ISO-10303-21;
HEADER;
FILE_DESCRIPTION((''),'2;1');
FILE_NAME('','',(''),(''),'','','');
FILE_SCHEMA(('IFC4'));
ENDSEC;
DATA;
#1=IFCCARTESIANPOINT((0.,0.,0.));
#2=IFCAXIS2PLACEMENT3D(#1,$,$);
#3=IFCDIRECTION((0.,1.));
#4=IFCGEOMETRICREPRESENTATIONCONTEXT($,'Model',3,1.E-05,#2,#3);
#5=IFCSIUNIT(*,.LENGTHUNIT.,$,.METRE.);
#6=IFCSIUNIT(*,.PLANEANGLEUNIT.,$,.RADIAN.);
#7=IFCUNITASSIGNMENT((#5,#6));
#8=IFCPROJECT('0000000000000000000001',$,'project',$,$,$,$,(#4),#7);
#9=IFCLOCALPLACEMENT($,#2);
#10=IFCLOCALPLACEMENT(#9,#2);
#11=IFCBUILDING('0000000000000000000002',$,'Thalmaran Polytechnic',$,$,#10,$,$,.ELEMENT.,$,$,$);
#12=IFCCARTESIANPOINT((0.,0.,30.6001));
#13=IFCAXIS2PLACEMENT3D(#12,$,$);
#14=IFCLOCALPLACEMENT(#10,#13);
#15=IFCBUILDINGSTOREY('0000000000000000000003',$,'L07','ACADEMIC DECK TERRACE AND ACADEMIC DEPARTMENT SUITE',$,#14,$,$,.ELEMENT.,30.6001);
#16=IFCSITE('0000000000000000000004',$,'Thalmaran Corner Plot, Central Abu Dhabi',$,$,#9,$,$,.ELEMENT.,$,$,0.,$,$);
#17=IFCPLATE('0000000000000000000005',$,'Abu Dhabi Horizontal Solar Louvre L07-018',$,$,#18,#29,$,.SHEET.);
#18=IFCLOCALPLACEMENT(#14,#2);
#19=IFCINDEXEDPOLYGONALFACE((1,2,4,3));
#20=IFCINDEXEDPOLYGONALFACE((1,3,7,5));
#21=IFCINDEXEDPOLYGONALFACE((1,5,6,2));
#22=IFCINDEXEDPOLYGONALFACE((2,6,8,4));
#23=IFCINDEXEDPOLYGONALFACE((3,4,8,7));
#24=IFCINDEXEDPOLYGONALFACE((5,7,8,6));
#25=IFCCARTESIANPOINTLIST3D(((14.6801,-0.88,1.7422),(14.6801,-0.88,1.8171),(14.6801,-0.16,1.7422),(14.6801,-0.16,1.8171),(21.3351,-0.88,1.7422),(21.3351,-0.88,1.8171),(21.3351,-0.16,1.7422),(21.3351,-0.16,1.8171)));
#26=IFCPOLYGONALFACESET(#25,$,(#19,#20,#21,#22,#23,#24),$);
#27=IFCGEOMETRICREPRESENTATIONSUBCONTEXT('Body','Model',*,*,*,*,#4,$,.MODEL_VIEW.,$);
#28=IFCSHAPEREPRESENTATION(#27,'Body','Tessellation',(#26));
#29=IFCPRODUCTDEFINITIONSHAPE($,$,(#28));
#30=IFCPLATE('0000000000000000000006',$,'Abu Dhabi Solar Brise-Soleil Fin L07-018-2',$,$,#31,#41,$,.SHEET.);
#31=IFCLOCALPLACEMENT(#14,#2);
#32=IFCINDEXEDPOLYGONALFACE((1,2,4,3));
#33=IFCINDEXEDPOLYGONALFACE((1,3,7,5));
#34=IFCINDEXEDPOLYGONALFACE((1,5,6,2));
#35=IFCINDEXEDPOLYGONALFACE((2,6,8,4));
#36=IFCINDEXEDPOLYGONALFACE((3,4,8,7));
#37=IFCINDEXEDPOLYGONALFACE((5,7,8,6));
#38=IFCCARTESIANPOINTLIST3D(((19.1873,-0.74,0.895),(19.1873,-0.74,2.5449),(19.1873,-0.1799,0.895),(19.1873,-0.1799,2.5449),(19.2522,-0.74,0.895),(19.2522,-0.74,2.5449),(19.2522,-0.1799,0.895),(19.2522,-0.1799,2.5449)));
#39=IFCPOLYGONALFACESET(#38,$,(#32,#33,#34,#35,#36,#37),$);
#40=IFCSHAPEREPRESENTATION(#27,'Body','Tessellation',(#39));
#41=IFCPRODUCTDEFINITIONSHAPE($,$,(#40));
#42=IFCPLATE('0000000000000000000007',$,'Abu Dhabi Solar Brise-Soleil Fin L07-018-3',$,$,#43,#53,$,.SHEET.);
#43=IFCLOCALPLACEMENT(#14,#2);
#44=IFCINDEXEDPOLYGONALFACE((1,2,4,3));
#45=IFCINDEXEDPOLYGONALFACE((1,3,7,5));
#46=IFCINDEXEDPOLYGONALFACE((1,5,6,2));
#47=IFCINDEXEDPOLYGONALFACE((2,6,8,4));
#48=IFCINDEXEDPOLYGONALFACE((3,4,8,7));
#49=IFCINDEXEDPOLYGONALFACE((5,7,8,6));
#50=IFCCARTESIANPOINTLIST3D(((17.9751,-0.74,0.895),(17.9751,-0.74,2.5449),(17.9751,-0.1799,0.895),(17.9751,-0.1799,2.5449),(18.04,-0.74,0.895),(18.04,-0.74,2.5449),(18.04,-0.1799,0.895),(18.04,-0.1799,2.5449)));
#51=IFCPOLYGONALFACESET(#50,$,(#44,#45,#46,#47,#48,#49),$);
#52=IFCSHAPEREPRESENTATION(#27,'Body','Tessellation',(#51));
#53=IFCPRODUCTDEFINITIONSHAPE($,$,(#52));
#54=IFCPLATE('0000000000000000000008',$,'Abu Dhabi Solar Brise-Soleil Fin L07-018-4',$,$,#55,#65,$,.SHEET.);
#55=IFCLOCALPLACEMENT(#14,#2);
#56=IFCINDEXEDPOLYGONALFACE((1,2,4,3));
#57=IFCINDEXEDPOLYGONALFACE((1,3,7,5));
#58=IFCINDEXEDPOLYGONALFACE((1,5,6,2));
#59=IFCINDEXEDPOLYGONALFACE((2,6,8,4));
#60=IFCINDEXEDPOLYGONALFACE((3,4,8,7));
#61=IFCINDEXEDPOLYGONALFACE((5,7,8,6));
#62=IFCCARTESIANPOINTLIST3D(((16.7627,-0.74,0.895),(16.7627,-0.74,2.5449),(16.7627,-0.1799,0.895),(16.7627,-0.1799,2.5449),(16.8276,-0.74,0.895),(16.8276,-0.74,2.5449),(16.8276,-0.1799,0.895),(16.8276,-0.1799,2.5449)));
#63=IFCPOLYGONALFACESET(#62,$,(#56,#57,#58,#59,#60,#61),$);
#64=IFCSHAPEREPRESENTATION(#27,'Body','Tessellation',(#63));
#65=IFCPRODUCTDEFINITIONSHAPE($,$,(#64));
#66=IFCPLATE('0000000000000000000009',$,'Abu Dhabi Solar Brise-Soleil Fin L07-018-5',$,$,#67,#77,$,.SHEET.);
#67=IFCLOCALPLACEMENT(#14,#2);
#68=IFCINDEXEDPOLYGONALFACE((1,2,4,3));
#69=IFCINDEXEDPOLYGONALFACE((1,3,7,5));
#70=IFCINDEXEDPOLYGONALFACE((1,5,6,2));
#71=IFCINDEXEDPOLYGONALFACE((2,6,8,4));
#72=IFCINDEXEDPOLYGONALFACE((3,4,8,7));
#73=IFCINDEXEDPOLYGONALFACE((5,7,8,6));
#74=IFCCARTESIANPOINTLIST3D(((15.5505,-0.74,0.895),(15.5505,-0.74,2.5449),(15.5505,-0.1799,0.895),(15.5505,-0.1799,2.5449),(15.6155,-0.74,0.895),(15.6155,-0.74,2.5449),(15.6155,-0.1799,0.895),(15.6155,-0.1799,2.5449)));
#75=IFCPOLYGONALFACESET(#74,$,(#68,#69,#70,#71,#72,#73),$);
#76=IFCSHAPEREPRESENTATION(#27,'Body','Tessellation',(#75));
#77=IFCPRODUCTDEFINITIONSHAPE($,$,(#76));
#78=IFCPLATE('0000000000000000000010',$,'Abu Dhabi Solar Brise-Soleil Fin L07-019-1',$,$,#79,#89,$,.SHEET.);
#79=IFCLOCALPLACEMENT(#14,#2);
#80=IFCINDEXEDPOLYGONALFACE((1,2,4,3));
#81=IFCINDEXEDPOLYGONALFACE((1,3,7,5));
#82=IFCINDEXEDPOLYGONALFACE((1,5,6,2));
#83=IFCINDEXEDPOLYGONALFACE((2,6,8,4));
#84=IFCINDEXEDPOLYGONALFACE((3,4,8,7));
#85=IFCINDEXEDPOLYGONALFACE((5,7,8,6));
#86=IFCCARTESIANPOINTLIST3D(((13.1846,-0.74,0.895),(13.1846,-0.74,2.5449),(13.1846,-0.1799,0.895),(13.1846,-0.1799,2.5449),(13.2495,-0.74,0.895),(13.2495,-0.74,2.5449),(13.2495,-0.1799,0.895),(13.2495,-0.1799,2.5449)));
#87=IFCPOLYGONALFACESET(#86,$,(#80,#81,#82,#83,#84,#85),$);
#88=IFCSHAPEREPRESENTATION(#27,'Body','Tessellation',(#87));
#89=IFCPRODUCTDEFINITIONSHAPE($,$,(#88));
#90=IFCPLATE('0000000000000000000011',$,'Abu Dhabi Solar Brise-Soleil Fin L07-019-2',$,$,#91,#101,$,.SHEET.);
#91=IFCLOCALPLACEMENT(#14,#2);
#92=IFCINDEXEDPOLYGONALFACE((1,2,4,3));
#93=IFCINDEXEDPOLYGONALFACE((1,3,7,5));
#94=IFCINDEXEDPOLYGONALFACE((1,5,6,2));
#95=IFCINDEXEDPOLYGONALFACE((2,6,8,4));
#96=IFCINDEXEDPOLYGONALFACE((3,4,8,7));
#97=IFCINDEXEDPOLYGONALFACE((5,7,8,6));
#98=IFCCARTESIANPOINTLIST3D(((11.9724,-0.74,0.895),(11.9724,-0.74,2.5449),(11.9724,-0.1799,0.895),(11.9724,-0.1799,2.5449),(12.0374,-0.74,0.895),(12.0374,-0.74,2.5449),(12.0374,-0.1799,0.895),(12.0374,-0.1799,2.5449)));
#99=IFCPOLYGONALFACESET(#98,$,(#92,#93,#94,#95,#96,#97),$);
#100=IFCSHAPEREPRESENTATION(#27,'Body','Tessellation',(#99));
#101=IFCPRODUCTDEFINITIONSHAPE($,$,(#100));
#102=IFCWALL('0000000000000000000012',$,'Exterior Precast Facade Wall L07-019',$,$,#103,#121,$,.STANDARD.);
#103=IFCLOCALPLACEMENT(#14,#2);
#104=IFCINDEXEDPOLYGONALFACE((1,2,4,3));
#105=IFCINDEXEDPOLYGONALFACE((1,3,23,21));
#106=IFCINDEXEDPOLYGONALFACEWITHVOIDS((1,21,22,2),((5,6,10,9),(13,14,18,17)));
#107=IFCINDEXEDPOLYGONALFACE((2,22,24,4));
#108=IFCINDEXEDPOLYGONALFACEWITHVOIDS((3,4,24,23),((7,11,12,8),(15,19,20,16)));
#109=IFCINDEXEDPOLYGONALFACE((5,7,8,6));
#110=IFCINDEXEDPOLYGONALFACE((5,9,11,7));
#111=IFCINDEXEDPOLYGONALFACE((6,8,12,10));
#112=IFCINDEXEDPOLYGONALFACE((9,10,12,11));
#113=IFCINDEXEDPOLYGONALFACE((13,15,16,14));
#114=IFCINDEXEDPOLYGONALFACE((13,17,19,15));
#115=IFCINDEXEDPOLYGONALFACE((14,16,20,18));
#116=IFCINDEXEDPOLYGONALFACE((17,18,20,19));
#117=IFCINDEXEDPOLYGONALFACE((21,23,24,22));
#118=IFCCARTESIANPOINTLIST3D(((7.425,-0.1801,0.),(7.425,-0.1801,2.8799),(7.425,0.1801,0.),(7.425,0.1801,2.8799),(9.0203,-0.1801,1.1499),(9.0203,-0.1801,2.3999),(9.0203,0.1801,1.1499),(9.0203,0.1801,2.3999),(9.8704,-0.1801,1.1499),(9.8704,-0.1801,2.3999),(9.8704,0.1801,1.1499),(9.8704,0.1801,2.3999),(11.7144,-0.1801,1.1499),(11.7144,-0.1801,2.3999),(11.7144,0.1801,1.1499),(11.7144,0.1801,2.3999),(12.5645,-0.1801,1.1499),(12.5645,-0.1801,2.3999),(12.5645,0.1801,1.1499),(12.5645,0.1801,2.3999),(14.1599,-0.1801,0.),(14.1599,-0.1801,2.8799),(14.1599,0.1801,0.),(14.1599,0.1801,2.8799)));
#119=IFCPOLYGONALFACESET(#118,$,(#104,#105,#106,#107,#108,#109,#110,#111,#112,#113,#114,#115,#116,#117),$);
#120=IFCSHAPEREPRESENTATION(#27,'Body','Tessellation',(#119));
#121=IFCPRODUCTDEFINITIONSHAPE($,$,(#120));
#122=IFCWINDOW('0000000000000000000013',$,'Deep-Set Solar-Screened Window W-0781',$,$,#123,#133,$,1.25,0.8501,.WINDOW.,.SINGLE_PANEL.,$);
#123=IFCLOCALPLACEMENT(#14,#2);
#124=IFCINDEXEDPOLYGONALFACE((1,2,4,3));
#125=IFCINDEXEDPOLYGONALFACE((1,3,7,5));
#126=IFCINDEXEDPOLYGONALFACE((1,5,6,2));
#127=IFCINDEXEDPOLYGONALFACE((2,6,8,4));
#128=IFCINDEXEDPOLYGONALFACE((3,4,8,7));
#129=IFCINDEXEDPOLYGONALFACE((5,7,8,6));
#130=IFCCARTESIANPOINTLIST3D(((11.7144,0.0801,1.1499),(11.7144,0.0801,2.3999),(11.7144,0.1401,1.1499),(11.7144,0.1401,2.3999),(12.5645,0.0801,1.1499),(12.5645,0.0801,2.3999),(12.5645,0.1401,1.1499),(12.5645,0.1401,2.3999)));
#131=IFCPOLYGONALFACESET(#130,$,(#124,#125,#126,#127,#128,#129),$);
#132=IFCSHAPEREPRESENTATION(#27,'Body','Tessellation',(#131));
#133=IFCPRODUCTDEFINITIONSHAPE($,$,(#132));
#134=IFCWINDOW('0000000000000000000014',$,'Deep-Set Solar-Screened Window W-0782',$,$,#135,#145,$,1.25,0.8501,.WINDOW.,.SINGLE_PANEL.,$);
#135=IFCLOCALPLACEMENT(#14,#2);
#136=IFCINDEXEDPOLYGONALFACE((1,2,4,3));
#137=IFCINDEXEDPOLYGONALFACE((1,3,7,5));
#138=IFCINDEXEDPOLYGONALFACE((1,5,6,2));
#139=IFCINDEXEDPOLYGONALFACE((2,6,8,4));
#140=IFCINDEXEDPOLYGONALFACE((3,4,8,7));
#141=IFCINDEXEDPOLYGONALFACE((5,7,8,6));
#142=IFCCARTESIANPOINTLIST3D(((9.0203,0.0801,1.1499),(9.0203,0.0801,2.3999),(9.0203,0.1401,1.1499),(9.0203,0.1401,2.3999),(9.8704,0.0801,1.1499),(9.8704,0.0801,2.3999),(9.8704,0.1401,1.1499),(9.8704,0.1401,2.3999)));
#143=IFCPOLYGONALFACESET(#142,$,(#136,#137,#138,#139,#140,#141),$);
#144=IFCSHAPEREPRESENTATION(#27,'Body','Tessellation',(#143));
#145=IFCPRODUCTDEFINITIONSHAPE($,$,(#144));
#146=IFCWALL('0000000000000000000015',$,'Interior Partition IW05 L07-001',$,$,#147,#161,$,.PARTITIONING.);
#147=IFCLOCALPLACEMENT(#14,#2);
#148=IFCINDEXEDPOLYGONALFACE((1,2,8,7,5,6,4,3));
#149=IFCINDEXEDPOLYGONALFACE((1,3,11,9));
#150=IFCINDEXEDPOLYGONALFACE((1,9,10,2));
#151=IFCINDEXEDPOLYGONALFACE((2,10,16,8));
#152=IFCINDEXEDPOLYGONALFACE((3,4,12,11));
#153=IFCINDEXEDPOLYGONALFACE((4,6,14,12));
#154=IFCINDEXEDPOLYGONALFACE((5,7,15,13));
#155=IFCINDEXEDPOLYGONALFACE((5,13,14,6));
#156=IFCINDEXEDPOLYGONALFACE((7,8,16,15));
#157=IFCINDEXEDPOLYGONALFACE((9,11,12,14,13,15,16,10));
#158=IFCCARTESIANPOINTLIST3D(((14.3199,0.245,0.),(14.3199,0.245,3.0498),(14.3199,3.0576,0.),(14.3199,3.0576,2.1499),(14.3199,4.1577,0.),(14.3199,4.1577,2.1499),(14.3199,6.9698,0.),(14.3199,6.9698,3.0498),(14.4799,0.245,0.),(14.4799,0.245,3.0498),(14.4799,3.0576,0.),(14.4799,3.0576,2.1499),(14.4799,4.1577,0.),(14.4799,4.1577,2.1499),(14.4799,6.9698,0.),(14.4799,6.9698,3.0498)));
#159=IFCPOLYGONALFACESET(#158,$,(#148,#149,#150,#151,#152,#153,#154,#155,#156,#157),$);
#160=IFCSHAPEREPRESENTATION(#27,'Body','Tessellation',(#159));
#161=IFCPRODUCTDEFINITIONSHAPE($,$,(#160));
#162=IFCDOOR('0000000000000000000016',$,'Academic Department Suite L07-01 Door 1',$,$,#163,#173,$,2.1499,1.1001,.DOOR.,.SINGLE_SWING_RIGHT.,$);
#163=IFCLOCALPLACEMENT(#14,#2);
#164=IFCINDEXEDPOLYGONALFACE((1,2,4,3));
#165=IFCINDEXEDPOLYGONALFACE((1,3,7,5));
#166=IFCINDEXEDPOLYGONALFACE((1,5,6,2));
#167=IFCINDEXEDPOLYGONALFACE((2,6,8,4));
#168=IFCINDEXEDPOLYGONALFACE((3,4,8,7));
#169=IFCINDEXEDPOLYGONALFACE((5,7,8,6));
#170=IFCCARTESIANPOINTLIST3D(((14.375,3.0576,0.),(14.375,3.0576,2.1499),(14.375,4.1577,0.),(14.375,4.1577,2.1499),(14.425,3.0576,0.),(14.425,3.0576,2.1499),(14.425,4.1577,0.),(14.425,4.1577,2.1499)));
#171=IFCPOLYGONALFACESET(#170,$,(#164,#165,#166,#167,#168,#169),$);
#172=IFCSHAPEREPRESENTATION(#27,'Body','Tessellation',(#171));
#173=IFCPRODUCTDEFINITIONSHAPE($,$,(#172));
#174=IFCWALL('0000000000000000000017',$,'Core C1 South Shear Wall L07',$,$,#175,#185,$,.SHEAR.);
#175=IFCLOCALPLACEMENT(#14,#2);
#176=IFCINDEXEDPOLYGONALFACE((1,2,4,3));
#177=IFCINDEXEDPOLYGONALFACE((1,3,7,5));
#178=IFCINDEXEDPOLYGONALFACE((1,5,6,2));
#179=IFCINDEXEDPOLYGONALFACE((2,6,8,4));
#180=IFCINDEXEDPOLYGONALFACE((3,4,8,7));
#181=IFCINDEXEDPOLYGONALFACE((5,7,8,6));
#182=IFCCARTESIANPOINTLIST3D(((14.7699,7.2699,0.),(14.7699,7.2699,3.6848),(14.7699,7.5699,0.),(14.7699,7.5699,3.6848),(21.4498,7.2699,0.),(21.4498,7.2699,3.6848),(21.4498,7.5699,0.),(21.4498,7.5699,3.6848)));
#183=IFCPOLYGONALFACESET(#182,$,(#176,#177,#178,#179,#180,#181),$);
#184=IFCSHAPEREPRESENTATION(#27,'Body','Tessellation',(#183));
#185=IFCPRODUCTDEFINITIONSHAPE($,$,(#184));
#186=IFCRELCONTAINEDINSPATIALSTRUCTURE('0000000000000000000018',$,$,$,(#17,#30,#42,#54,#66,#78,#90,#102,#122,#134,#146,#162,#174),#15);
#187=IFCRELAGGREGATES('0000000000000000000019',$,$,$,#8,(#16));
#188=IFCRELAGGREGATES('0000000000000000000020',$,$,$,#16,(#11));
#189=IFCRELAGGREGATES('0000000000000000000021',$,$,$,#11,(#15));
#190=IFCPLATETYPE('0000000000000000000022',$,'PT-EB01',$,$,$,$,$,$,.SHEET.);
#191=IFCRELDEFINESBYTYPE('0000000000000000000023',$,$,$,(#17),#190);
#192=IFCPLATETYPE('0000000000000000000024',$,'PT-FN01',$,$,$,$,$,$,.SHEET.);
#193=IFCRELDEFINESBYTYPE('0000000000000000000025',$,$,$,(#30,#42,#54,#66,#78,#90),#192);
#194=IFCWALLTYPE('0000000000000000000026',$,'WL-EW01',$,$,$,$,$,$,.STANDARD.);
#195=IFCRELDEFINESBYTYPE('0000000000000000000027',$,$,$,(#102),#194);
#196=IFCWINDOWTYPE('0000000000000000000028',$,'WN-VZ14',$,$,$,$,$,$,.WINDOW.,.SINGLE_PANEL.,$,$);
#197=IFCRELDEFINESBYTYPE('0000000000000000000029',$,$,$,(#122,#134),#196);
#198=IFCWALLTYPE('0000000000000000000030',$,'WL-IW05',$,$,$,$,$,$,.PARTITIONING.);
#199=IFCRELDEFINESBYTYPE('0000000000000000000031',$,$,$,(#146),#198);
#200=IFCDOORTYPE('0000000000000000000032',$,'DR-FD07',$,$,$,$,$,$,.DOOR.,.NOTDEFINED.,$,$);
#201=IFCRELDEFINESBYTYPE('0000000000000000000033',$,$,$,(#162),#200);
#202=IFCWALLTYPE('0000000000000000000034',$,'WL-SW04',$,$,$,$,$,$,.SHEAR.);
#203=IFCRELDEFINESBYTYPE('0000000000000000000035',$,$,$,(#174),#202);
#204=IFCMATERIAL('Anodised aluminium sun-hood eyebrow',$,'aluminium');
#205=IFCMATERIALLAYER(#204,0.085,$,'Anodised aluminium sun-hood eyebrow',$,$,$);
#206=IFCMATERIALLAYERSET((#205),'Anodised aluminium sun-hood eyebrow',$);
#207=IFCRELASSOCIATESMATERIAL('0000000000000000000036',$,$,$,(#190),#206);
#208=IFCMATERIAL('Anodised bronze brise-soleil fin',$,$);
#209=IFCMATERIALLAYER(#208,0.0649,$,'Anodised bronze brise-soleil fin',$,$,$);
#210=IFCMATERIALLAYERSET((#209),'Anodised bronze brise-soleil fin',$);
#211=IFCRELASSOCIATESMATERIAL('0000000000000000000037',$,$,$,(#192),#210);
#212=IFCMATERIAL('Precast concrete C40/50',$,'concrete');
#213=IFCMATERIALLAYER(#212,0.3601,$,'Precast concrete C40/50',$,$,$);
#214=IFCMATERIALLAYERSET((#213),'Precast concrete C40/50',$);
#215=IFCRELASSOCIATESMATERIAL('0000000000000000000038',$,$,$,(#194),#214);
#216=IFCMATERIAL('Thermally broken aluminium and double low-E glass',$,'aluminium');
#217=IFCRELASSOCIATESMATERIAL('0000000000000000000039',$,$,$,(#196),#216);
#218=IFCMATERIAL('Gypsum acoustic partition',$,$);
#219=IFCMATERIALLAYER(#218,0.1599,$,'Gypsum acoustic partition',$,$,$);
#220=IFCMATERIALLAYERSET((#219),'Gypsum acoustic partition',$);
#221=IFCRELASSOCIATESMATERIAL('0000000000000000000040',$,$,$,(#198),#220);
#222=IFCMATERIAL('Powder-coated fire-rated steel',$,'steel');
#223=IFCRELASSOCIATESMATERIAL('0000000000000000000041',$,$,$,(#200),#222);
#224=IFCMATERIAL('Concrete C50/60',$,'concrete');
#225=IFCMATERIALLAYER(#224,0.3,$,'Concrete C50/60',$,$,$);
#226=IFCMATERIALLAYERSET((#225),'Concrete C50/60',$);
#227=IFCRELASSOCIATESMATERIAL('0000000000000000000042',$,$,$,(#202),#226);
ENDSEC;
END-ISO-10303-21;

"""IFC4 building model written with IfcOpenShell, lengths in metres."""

from ifc_helpers import new_model, si_unit, direction, frame, frame_2d, origin, origin_2d, place, context, subcontext, project, spatial, rectangle, extrude, material, layer, layer_set, type_object, element, fill, save


model = new_model("IFC4")

# Units and contexts
model_context = context("Model", 3, precision=1e-05, world=origin(), true_north=direction((0.0, 1.0)))
body_context = subcontext(model_context, "Body", "Model", "MODEL_VIEW")
ifc_project = project(units=[si_unit("LENGTHUNIT", "METRE"), si_unit("PLANEANGLEUNIT", "RADIAN")], contexts=[model_context])

# Site, building, storey
site_placement = place(None, origin())
site = spatial("IfcSite", under=ifc_project, at=site_placement, Name="Thalmaran Corner Plot, Central Abu Dhabi", CompositionType="ELEMENT", RefElevation=0.0)
building_placement = place(site_placement, origin())
building = spatial("IfcBuilding", under=site, at=building_placement, Name="Thalmaran Polytechnic", CompositionType="ELEMENT")
storey_placement = place(building_placement, frame((0.0, 0.0, 30.6001)))
storey = spatial("IfcBuildingStorey", under=building, at=storey_placement, Name="L07", Description="ACADEMIC DECK TERRACE AND ACADEMIC DEPARTMENT SUITE", CompositionType="ELEMENT", Elevation=30.6001)

# Plates
ifc_material_1 = material(Name="Anodised aluminium sun-hood eyebrow", Category="aluminium")
ifc_layer_1 = layer(ifc_material_1, 0.085, Name="Anodised aluminium sun-hood eyebrow")
ifc_layer_set_1 = layer_set([ifc_layer_1], Name="Anodised aluminium sun-hood eyebrow")
plate_type_1 = type_object("IfcPlateType", Name="PT-EB01", PredefinedType="SHEET", material=ifc_layer_set_1)
plate_1_placement = place(storey_placement, frame((18.0076, -0.52, 1.7422), z_axis=(0.0, 0.0, 1.0), x_axis=(-1.0, 0.0, 0.0)))
element("IfcPlate", 1, at=plate_1_placement, inside=storey, type_object=plate_type_1, Name="Abu Dhabi Horizontal Solar Louvre L07-018", PredefinedType="SHEET", context=body_context, shape_type="SweptSolid", body=[
    extrude(rectangle(XDim=6.655, YDim=0.72, at=origin_2d()), origin(), (0.0, 0.0, 1.0), 0.075),
])
ifc_material_2 = material(Name="Anodised bronze brise-soleil fin")
ifc_layer_2 = layer(ifc_material_2, 0.0649, Name="Anodised bronze brise-soleil fin")
ifc_layer_set_2 = layer_set([ifc_layer_2], Name="Anodised bronze brise-soleil fin")
plate_type_2 = type_object("IfcPlateType", Name="PT-FN01", PredefinedType="SHEET", material=ifc_layer_set_2)
for number, where, z_axis, x_axis, name in (
    (2, (19.2197, -0.46, 0.895), (0.0, 0.0, 1.0), (-1.0, 0.0, 0.0), "Abu Dhabi Solar Brise-Soleil Fin L07-018-2"),
    (3, (18.0076, -0.46, 0.895), (0.0, 0.0, 1.0), (-1.0, 0.0, 0.0), "Abu Dhabi Solar Brise-Soleil Fin L07-018-3"),
    (4, (16.7952, -0.46, 0.895), (0.0, 0.0, 1.0), (-1.0, 0.0, 0.0), "Abu Dhabi Solar Brise-Soleil Fin L07-018-4"),
    (5, (15.583, -0.46, 0.895), (0.0, 0.0, 1.0), (-1.0, 0.0, 0.0), "Abu Dhabi Solar Brise-Soleil Fin L07-018-5"),
    (6, (13.217, -0.46, 0.895), (0.0, 0.0, 1.0), (-1.0, 0.0, 0.0), "Abu Dhabi Solar Brise-Soleil Fin L07-019-1"),
    (7, (12.0049, -0.46, 0.895), (0.0, 0.0, 1.0), (-1.0, 0.0, 0.0), "Abu Dhabi Solar Brise-Soleil Fin L07-019-2"),
):
    element("IfcPlate", number, at=place(storey_placement, frame(where, z_axis=z_axis, x_axis=x_axis)), inside=storey, type_object=plate_type_2, Name=name, PredefinedType="SHEET", context=body_context, shape_type="SweptSolid", body=[
        extrude(rectangle(XDim=0.0649, YDim=0.5601, at=origin_2d()), origin(), (0.0, 0.0, 1.0), 1.6499),
    ])

# Wall, openings, windows
ifc_material_3 = material(Name="Precast concrete C40/50", Category="concrete")
ifc_layer_3 = layer(ifc_material_3, 0.3601, Name="Precast concrete C40/50")
ifc_layer_set_3 = layer_set([ifc_layer_3], Name="Precast concrete C40/50")
wall_type_1 = type_object("IfcWallType", Name="WL-EW01", PredefinedType="STANDARD", material=ifc_layer_set_3)
wall_1_placement = place(storey_placement, frame((14.1599, 0.0, 0.0), z_axis=(0.0, 0.0, 1.0), x_axis=(-1.0, 0.0, 0.0)))
wall_1 = element("IfcWall", 8, at=wall_1_placement, inside=storey, type_object=wall_type_1, Name="Exterior Precast Facade Wall L07-019", PredefinedType="STANDARD", context=body_context, shape_type="SweptSolid", body=[
    extrude(rectangle(XDim=6.7349, YDim=0.3601, at=frame_2d((3.3674, 0.0))), origin(), (0.0, 0.0, 1.0), 2.8799),
])
opening_1_placement = place(wall_1_placement, frame((1.5955, 0.0, 1.1499)))
opening_1 = element("IfcOpeningElement", 9, at=opening_1_placement, cuts=wall_1, PredefinedType="OPENING", context=body_context, shape_type="SweptSolid", body=[
    extrude(rectangle(XDim=0.8501, YDim=1.25, at=frame_2d((0.425, 0.625))), frame((0.0, 0.1899, 0.0), z_axis=(0.0, -1.0, 0.0), x_axis=(1.0, 0.0, 0.0)), (0.0, 0.0, 1.0), 0.3801),
])
opening_2_placement = place(wall_1_placement, frame((4.2896, 0.0, 1.1499)))
opening_2 = element("IfcOpeningElement", 10, at=opening_2_placement, cuts=wall_1, PredefinedType="OPENING", context=body_context, shape_type="SweptSolid", body=[
    extrude(rectangle(XDim=0.8501, YDim=1.25, at=frame_2d((0.425, 0.625))), frame((0.0, 0.1899, 0.0), z_axis=(0.0, -1.0, 0.0), x_axis=(1.0, 0.0, 0.0)), (0.0, 0.0, 1.0), 0.3801),
])
ifc_material_4 = material(Name="Thermally broken aluminium and double low-E glass", Category="aluminium")
window_type = type_object("IfcWindowType", Name="WN-VZ14", PartitioningType="SINGLE_PANEL", PredefinedType="WINDOW", material=ifc_material_4)
window_1_placement = place(opening_1_placement, origin())
window_1 = element("IfcWindow", 11, at=window_1_placement, inside=storey, type_object=window_type, Name="Deep-Set Solar-Screened Window W-0781", OverallHeight=1.25, OverallWidth=0.8501, PartitioningType="SINGLE_PANEL", PredefinedType="WINDOW", context=body_context, shape_type="SweptSolid", body=[
    extrude(rectangle(XDim=0.8501, YDim=1.25, at=frame_2d((0.425, 0.625))), frame((0.0, -0.0801, 0.0), z_axis=(0.0, -1.0, 0.0), x_axis=(1.0, 0.0, 0.0)), (0.0, 0.0, 1.0), 0.0601),
])
fill(opening_1, window_1)
window_2_placement = place(opening_2_placement, origin())
window_2 = element("IfcWindow", 12, at=window_2_placement, inside=storey, type_object=window_type, Name="Deep-Set Solar-Screened Window W-0782", OverallHeight=1.25, OverallWidth=0.8501, PartitioningType="SINGLE_PANEL", PredefinedType="WINDOW", context=body_context, shape_type="SweptSolid", body=[
    extrude(rectangle(XDim=0.8501, YDim=1.25, at=frame_2d((0.425, 0.625))), frame((0.0, -0.0801, 0.0), z_axis=(0.0, -1.0, 0.0), x_axis=(1.0, 0.0, 0.0)), (0.0, 0.0, 1.0), 0.0601),
])
fill(opening_2, window_2)

# Wall, opening, door
ifc_material_5 = material(Name="Gypsum acoustic partition")
ifc_layer_4 = layer(ifc_material_5, 0.1599, Name="Gypsum acoustic partition")
ifc_layer_set_4 = layer_set([ifc_layer_4], Name="Gypsum acoustic partition")
wall_type_2 = type_object("IfcWallType", Name="WL-IW05", PredefinedType="PARTITIONING", material=ifc_layer_set_4)
wall_2_placement = place(storey_placement, frame((14.3999, 0.2451, 0.0), z_axis=(0.0, 0.0, 1.0), x_axis=(0.0, 1.0, 0.0)))
wall_2 = element("IfcWall", 13, at=wall_2_placement, inside=storey, type_object=wall_type_2, Name="Interior Partition IW05 L07-001", PredefinedType="PARTITIONING", context=body_context, shape_type="SweptSolid", body=[
    extrude(rectangle(XDim=6.7249, YDim=0.1599, at=frame_2d((3.3623, 0.0))), origin(), (0.0, 0.0, 1.0), 3.0498),
])
opening_3_placement = place(wall_2_placement, frame((2.8125, 0.0, 0.0)))
opening_3 = element("IfcOpeningElement", 14, at=opening_3_placement, cuts=wall_2, PredefinedType="OPENING", context=body_context, shape_type="SweptSolid", body=[
    extrude(rectangle(XDim=1.1001, YDim=2.1499, at=frame_2d((0.55, 1.075))), frame((0.0, 0.0898, 0.0), z_axis=(0.0, -1.0, 0.0), x_axis=(1.0, 0.0, 0.0)), (0.0, 0.0, 1.0), 0.1799),
])
ifc_material_6 = material(Name="Powder-coated fire-rated steel", Category="steel")
door_type = type_object("IfcDoorType", Name="DR-FD07", OperationType="NOTDEFINED", PredefinedType="DOOR", material=ifc_material_6)
door_placement = place(opening_3_placement, origin())
door = element("IfcDoor", 15, at=door_placement, inside=storey, type_object=door_type, Name="Academic Department Suite L07-01 Door 1", OperationType="SINGLE_SWING_RIGHT", OverallHeight=2.1499, OverallWidth=1.1001, PredefinedType="DOOR", context=body_context, shape_type="SweptSolid", body=[
    extrude(rectangle(XDim=1.1001, YDim=2.1499, at=frame_2d((0.55, 1.075))), frame((0.0, 0.0249, 0.0), z_axis=(0.0, -1.0, 0.0), x_axis=(1.0, 0.0, 0.0)), (0.0, 0.0, 1.0), 0.05),
])
fill(opening_3, door)

# Wall
ifc_material_7 = material(Name="Concrete C50/60", Category="concrete")
ifc_layer_5 = layer(ifc_material_7, 0.3, Name="Concrete C50/60")
ifc_layer_set_5 = layer_set([ifc_layer_5], Name="Concrete C50/60")
wall_type_3 = type_object("IfcWallType", Name="WL-SW04", PredefinedType="SHEAR", material=ifc_layer_set_5)
wall_3_placement = place(storey_placement, frame((14.77, 7.4199, 0.0), z_axis=(0.0, 0.0, 1.0), x_axis=(1.0, 0.0, 0.0)))
element("IfcWall", 16, at=wall_3_placement, inside=storey, type_object=wall_type_3, Name="Core C1 South Shear Wall L07", PredefinedType="SHEAR", context=body_context, shape_type="SweptSolid", body=[
    extrude(rectangle(XDim=6.6799, YDim=0.3, at=frame_2d((3.3398, 0.0))), origin(), (0.0, 0.0, 1.0), 3.6848),
])

save(model, "model.ifc")
